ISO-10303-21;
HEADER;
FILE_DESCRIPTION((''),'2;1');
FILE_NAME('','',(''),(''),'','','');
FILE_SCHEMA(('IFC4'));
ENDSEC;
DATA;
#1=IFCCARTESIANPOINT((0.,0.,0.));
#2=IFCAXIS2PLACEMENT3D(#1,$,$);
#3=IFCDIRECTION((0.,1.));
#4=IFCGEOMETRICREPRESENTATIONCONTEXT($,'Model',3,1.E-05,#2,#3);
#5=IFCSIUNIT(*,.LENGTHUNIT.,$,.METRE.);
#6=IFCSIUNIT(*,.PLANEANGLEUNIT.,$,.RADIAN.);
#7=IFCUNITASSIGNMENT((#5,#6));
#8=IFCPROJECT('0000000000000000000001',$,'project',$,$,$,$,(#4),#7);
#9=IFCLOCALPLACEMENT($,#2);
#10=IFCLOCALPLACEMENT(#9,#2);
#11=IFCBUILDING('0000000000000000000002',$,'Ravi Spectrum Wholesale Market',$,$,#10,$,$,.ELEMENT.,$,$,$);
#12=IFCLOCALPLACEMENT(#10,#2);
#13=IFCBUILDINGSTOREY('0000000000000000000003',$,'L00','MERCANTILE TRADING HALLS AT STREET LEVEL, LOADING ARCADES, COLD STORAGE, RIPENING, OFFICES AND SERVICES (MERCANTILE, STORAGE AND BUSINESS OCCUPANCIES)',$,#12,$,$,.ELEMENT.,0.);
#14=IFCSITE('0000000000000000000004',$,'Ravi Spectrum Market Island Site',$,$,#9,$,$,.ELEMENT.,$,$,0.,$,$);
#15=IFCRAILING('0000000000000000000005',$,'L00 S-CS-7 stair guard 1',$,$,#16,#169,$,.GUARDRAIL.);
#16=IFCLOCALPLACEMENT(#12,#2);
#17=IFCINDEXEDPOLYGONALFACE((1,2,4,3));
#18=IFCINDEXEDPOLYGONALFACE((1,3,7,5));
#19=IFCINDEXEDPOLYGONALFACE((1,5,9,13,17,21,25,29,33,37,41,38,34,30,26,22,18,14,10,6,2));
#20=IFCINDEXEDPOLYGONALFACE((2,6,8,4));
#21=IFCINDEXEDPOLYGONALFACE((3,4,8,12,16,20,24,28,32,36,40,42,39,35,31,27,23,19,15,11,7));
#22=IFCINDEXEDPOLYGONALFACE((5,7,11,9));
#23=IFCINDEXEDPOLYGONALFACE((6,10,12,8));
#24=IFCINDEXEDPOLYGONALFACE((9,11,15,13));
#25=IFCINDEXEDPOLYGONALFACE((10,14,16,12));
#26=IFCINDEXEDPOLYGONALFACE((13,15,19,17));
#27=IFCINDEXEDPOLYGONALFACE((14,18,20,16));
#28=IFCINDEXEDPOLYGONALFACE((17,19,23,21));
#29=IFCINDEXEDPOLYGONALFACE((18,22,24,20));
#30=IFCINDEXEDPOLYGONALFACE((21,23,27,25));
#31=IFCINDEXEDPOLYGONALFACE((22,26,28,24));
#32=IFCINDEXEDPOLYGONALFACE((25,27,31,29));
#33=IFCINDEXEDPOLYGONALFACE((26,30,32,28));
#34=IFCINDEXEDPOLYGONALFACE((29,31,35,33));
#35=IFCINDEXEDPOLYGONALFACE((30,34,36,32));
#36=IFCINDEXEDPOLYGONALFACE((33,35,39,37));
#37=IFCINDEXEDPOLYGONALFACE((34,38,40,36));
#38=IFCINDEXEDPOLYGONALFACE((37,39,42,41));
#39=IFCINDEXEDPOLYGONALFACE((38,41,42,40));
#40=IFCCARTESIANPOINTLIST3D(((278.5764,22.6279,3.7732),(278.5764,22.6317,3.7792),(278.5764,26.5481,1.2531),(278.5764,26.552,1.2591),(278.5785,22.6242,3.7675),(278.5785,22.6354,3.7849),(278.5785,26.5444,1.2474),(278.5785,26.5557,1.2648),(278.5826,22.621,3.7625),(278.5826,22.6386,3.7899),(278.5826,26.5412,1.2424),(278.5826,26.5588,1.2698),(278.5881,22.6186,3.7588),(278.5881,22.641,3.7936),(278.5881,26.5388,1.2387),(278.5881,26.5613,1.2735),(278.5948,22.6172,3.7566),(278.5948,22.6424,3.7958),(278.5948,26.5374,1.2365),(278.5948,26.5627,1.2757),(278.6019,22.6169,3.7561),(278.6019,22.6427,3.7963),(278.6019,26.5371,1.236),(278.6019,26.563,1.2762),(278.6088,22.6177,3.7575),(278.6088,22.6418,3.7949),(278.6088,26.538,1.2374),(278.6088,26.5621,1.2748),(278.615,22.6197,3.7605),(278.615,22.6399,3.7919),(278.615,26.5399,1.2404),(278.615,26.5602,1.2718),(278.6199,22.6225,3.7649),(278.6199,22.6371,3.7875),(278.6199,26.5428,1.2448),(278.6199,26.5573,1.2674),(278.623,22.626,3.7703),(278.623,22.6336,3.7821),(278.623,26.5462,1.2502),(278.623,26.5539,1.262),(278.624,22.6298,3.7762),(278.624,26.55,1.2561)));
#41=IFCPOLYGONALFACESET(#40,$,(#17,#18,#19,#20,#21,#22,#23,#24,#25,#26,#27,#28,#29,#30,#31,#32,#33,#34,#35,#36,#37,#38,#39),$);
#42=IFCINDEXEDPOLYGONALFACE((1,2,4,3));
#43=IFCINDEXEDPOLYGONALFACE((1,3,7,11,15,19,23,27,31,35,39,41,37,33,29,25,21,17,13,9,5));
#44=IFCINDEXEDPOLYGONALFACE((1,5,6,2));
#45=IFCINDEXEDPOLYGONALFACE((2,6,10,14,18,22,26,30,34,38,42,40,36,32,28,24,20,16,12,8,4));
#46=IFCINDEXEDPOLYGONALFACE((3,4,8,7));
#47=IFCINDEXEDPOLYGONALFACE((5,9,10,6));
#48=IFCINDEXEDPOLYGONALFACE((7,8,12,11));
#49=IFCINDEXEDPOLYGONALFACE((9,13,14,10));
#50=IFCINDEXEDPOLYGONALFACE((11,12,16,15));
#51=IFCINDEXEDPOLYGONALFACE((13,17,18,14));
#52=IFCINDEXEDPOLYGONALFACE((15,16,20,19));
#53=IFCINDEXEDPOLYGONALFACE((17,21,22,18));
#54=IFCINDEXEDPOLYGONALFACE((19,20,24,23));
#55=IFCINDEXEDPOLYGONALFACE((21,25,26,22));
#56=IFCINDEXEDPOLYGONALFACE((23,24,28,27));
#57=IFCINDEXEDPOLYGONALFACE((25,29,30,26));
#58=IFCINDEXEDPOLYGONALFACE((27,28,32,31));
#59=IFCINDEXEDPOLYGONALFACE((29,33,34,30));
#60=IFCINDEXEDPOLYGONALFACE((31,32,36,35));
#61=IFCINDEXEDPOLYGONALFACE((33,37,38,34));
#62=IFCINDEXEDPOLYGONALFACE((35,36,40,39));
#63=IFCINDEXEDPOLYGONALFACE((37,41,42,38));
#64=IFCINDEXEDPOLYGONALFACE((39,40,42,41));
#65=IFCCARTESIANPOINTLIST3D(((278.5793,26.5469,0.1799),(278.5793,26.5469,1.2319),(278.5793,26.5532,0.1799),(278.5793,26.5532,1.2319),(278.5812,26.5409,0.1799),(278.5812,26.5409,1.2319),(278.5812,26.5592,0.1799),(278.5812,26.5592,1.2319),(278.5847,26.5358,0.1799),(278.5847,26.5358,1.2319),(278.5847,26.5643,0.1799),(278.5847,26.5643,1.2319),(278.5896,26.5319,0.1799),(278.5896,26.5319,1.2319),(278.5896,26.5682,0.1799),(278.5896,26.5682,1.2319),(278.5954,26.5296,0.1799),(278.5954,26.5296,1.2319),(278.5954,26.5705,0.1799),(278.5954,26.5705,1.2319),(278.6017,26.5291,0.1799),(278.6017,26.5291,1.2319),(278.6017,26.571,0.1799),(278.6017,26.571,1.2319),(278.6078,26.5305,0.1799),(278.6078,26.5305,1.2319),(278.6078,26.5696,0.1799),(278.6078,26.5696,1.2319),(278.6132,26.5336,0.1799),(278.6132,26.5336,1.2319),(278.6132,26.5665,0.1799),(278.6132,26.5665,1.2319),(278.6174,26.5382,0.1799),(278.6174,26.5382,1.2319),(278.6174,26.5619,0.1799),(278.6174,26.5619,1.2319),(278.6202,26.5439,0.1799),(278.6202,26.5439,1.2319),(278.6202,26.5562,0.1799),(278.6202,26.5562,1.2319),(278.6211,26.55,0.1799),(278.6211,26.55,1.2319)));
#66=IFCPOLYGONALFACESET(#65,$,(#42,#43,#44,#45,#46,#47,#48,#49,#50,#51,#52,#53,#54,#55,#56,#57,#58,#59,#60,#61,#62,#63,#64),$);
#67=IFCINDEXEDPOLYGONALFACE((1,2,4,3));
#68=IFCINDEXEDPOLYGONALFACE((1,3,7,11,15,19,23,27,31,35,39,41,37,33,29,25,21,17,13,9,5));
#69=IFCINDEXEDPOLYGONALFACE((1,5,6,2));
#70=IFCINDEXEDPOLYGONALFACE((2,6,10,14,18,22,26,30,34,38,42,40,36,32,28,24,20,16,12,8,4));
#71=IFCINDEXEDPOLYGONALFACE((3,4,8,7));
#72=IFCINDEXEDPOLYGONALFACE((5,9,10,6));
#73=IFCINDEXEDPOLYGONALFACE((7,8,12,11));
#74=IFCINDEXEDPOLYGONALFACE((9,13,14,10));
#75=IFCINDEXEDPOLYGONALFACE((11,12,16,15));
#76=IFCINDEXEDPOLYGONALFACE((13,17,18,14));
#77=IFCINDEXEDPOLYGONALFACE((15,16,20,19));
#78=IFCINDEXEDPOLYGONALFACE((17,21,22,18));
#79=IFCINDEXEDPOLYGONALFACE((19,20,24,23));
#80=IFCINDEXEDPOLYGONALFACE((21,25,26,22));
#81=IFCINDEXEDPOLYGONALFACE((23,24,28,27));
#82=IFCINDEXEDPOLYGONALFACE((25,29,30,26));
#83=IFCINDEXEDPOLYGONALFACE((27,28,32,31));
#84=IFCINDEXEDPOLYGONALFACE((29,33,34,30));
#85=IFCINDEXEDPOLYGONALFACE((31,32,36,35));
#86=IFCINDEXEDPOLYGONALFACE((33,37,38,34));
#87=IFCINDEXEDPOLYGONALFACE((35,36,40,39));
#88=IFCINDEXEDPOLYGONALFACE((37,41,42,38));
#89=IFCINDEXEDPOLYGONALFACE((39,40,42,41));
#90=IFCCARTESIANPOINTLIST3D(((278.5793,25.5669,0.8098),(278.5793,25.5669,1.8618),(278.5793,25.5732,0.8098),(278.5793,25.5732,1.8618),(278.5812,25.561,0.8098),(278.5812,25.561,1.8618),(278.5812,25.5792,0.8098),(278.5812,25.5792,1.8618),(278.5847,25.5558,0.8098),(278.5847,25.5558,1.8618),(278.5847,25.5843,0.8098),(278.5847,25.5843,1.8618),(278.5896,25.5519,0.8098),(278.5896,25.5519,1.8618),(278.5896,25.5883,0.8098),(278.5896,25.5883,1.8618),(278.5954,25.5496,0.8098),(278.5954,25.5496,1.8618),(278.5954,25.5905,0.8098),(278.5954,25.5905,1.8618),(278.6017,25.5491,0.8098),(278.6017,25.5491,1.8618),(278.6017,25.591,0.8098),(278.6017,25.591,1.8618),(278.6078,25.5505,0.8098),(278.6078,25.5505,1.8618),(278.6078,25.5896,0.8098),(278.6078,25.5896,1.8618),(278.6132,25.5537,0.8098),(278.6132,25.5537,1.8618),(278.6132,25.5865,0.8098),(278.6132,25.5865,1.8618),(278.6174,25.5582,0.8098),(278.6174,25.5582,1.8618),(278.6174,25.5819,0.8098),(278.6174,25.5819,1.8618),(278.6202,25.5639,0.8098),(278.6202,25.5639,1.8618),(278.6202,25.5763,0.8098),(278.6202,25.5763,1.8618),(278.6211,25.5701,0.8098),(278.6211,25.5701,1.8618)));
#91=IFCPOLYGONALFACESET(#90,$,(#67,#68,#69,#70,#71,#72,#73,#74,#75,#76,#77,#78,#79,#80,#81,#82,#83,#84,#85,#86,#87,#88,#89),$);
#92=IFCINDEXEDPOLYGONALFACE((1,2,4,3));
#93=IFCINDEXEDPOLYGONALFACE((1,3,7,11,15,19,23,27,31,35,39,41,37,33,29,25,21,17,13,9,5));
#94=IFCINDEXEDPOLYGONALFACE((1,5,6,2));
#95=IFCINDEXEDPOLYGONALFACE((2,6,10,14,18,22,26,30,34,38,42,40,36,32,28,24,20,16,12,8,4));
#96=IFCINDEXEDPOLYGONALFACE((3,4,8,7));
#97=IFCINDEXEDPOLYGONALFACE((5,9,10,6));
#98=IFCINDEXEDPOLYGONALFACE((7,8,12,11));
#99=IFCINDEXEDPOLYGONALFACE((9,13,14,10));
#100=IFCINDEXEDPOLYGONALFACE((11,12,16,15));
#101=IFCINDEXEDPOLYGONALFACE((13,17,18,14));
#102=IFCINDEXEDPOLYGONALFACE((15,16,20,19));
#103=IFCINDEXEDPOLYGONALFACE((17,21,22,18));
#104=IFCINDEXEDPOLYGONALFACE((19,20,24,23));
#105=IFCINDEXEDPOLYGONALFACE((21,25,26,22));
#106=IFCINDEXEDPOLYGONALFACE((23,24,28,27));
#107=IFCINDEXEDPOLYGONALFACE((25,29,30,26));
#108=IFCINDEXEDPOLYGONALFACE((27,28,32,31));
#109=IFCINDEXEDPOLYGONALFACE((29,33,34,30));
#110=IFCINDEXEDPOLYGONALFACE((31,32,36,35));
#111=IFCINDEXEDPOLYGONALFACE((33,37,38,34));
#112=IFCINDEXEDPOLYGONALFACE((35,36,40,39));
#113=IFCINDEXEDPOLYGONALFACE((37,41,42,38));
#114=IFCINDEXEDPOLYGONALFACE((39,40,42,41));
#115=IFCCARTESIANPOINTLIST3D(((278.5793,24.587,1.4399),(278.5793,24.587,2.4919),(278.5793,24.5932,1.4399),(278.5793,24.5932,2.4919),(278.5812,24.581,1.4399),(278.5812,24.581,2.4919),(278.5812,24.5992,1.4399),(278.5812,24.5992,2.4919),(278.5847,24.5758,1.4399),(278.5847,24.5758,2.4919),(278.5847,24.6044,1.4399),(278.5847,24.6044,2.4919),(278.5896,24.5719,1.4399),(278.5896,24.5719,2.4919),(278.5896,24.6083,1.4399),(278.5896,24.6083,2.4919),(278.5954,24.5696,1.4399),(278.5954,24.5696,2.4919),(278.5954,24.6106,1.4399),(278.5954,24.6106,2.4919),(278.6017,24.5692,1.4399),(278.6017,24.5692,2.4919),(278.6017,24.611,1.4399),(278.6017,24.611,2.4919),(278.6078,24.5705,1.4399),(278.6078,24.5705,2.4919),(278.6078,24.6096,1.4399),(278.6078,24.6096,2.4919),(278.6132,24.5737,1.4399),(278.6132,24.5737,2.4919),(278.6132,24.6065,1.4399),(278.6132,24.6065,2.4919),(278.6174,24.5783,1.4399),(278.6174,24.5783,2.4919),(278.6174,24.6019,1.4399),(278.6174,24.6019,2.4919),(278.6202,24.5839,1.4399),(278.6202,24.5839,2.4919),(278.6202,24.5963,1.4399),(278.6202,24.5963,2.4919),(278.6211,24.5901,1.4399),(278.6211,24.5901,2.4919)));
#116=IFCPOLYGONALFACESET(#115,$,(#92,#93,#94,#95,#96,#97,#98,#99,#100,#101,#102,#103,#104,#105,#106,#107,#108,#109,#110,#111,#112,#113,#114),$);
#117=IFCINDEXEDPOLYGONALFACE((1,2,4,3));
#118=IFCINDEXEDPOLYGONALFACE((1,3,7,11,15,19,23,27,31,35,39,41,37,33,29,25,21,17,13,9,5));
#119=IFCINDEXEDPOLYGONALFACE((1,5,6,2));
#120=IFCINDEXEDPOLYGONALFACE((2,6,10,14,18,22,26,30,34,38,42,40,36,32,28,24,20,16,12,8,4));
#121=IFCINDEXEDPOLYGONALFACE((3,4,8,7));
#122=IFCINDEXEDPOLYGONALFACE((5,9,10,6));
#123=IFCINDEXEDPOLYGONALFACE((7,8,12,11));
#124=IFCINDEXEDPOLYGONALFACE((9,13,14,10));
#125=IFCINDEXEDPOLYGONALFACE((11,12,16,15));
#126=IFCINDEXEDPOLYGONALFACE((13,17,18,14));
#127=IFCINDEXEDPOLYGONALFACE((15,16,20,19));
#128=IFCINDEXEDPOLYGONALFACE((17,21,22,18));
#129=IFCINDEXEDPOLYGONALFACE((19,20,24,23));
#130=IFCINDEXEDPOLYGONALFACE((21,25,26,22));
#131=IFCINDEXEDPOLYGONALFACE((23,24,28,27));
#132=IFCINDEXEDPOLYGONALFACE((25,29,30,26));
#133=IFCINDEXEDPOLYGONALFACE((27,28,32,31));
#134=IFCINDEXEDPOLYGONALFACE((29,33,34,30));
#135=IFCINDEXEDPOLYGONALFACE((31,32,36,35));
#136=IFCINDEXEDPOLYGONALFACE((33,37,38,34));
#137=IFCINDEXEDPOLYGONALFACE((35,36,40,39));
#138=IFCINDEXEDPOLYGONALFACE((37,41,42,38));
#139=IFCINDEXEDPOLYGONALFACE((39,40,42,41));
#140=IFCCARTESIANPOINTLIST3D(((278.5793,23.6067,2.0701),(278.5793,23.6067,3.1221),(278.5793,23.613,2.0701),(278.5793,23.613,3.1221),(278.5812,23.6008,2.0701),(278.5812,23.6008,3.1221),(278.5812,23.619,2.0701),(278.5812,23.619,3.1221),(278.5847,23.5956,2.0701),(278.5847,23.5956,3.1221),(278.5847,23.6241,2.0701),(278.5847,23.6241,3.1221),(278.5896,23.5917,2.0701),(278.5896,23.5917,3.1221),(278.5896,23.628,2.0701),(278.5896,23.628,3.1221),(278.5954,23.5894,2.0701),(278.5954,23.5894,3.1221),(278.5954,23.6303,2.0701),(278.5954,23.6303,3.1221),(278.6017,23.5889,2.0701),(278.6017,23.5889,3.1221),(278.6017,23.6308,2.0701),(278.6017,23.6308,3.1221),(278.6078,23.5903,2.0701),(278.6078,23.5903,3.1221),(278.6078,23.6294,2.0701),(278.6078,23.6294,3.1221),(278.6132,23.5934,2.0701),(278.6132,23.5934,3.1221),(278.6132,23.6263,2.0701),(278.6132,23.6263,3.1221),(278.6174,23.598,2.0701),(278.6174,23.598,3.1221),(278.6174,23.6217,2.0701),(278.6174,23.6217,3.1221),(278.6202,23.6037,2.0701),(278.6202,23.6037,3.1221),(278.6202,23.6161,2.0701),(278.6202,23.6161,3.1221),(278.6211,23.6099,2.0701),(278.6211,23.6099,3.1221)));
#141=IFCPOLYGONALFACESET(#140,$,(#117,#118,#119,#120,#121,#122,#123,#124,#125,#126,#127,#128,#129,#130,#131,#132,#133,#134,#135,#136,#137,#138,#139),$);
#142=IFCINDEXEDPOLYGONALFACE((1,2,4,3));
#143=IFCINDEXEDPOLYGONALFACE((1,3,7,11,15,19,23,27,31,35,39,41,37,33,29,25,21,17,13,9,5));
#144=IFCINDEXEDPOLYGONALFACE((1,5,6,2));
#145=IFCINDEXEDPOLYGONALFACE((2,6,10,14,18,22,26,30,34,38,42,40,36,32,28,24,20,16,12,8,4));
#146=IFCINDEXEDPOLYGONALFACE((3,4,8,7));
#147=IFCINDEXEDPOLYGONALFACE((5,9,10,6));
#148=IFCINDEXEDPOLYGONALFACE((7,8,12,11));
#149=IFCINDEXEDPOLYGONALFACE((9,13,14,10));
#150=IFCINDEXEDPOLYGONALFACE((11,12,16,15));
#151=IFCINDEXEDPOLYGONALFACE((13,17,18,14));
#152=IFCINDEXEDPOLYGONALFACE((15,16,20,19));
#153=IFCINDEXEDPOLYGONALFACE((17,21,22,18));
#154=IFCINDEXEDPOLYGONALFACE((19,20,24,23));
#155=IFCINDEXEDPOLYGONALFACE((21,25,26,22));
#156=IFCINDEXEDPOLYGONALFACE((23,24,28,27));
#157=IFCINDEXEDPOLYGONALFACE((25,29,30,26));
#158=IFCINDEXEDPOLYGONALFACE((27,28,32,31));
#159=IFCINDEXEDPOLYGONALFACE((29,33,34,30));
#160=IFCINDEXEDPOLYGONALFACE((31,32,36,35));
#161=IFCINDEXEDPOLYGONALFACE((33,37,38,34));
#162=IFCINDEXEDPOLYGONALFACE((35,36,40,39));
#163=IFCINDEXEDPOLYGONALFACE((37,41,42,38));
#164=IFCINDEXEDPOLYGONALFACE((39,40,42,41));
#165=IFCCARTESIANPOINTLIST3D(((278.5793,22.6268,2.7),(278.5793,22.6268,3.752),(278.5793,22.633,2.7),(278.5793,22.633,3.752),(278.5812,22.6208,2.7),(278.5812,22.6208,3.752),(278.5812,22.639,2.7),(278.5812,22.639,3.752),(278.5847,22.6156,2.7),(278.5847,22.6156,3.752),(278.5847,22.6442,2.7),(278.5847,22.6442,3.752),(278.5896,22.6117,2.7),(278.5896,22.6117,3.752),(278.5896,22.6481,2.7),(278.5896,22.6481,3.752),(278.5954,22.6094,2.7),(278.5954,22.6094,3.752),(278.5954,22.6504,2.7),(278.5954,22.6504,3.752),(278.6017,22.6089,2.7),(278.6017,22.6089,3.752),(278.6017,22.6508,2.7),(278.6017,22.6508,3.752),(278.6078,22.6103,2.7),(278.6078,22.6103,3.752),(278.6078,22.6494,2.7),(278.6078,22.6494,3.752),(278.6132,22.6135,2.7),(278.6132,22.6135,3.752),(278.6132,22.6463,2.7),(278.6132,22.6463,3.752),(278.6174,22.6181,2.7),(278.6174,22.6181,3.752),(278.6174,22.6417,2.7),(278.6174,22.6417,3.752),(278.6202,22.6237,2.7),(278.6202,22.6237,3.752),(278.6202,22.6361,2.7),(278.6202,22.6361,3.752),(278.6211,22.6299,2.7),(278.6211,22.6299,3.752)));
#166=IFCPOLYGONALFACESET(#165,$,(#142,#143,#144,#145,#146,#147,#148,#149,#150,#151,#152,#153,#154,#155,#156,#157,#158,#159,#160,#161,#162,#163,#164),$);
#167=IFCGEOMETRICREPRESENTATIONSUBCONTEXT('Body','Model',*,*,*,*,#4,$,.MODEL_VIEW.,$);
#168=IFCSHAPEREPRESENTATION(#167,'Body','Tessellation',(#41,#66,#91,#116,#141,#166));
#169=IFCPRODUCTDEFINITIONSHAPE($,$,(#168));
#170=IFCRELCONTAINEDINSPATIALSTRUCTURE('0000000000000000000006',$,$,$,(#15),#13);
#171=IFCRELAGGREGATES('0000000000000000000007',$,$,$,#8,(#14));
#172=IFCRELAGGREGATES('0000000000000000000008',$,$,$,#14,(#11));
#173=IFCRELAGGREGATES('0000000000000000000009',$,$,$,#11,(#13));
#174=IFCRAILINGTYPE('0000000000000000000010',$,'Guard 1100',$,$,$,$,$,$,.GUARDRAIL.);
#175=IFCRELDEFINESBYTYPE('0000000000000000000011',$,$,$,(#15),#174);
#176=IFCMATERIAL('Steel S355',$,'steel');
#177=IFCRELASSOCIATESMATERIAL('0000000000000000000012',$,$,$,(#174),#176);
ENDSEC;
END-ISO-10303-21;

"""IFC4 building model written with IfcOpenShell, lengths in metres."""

from ifc_helpers import new_model, si_unit, direction, frame, origin, origin_2d, place, context, subcontext, project, spatial, circle, extrude, material, type_object, element, save


model = new_model("IFC4")

# Units and contexts
model_context = context("Model", 3, precision=1e-05, world=origin(), true_north=direction((0.0, 1.0)))
body_context = subcontext(model_context, "Body", "Model", "MODEL_VIEW")
ifc_project = project(units=[si_unit("LENGTHUNIT", "METRE"), si_unit("PLANEANGLEUNIT", "RADIAN")], contexts=[model_context])

# Site, building, storey
site_placement = place(None, origin())
site = spatial("IfcSite", under=ifc_project, at=site_placement, Name="Ravi Spectrum Market Island Site", CompositionType="ELEMENT", RefElevation=0.0)
building_placement = place(site_placement, origin())
building = spatial("IfcBuilding", under=site, at=building_placement, Name="Ravi Spectrum Wholesale Market", CompositionType="ELEMENT")
storey_placement = place(building_placement, origin())
storey = spatial("IfcBuildingStorey", under=building, at=storey_placement, Name="L00", Description="MERCANTILE TRADING HALLS AT STREET LEVEL, LOADING ARCADES, COLD STORAGE, RIPENING, OFFICES AND SERVICES (MERCANTILE, STORAGE AND BUSINESS OCCUPANCIES)", CompositionType="ELEMENT", Elevation=0.0)

# Railing
ifc_material_1 = material(Name="Steel S355", Category="steel")
railing_type_1 = type_object("IfcRailingType", Name="Guard 1100", PredefinedType="GUARDRAIL", material=ifc_material_1)
railing_1_placement = place(storey_placement, frame((278.6001, 26.55, 0.1799)))
element("IfcRailing", 1, at=railing_1_placement, inside=storey, type_object=railing_type_1, Name="L00 S-CS-7 stair guard 1", PredefinedType="GUARDRAIL", context=body_context, shape_type="SweptSolid", body=[
    extrude(circle(Radius=0.0239, at=origin_2d()), frame((0.0, 0.0, 1.0762), z_axis=(0.0, -0.841187, 0.540744), x_axis=(1.0, 0.0, 0.0)), (0.0, 0.0, 1.0), 4.6604),
    extrude(circle(Radius=0.021, at=origin_2d()), origin(), (0.0, 0.0, 1.0), 1.052),
    extrude(circle(Radius=0.021, at=origin_2d()), frame((0.0, -0.98, 0.6299)), (0.0, 0.0, 1.0), 1.052),
    extrude(circle(Radius=0.021, at=origin_2d()), frame((0.0, -1.96, 1.26)), (0.0, 0.0, 1.0), 1.052),
    extrude(circle(Radius=0.021, at=origin_2d()), frame((0.0, -2.9402, 1.8901)), (0.0, 0.0, 1.0), 1.052),
    extrude(circle(Radius=0.021, at=origin_2d()), frame((0.0, -3.9202, 2.52)), (0.0, 0.0, 1.0), 1.052),
])

save(model, "model.ifc")
